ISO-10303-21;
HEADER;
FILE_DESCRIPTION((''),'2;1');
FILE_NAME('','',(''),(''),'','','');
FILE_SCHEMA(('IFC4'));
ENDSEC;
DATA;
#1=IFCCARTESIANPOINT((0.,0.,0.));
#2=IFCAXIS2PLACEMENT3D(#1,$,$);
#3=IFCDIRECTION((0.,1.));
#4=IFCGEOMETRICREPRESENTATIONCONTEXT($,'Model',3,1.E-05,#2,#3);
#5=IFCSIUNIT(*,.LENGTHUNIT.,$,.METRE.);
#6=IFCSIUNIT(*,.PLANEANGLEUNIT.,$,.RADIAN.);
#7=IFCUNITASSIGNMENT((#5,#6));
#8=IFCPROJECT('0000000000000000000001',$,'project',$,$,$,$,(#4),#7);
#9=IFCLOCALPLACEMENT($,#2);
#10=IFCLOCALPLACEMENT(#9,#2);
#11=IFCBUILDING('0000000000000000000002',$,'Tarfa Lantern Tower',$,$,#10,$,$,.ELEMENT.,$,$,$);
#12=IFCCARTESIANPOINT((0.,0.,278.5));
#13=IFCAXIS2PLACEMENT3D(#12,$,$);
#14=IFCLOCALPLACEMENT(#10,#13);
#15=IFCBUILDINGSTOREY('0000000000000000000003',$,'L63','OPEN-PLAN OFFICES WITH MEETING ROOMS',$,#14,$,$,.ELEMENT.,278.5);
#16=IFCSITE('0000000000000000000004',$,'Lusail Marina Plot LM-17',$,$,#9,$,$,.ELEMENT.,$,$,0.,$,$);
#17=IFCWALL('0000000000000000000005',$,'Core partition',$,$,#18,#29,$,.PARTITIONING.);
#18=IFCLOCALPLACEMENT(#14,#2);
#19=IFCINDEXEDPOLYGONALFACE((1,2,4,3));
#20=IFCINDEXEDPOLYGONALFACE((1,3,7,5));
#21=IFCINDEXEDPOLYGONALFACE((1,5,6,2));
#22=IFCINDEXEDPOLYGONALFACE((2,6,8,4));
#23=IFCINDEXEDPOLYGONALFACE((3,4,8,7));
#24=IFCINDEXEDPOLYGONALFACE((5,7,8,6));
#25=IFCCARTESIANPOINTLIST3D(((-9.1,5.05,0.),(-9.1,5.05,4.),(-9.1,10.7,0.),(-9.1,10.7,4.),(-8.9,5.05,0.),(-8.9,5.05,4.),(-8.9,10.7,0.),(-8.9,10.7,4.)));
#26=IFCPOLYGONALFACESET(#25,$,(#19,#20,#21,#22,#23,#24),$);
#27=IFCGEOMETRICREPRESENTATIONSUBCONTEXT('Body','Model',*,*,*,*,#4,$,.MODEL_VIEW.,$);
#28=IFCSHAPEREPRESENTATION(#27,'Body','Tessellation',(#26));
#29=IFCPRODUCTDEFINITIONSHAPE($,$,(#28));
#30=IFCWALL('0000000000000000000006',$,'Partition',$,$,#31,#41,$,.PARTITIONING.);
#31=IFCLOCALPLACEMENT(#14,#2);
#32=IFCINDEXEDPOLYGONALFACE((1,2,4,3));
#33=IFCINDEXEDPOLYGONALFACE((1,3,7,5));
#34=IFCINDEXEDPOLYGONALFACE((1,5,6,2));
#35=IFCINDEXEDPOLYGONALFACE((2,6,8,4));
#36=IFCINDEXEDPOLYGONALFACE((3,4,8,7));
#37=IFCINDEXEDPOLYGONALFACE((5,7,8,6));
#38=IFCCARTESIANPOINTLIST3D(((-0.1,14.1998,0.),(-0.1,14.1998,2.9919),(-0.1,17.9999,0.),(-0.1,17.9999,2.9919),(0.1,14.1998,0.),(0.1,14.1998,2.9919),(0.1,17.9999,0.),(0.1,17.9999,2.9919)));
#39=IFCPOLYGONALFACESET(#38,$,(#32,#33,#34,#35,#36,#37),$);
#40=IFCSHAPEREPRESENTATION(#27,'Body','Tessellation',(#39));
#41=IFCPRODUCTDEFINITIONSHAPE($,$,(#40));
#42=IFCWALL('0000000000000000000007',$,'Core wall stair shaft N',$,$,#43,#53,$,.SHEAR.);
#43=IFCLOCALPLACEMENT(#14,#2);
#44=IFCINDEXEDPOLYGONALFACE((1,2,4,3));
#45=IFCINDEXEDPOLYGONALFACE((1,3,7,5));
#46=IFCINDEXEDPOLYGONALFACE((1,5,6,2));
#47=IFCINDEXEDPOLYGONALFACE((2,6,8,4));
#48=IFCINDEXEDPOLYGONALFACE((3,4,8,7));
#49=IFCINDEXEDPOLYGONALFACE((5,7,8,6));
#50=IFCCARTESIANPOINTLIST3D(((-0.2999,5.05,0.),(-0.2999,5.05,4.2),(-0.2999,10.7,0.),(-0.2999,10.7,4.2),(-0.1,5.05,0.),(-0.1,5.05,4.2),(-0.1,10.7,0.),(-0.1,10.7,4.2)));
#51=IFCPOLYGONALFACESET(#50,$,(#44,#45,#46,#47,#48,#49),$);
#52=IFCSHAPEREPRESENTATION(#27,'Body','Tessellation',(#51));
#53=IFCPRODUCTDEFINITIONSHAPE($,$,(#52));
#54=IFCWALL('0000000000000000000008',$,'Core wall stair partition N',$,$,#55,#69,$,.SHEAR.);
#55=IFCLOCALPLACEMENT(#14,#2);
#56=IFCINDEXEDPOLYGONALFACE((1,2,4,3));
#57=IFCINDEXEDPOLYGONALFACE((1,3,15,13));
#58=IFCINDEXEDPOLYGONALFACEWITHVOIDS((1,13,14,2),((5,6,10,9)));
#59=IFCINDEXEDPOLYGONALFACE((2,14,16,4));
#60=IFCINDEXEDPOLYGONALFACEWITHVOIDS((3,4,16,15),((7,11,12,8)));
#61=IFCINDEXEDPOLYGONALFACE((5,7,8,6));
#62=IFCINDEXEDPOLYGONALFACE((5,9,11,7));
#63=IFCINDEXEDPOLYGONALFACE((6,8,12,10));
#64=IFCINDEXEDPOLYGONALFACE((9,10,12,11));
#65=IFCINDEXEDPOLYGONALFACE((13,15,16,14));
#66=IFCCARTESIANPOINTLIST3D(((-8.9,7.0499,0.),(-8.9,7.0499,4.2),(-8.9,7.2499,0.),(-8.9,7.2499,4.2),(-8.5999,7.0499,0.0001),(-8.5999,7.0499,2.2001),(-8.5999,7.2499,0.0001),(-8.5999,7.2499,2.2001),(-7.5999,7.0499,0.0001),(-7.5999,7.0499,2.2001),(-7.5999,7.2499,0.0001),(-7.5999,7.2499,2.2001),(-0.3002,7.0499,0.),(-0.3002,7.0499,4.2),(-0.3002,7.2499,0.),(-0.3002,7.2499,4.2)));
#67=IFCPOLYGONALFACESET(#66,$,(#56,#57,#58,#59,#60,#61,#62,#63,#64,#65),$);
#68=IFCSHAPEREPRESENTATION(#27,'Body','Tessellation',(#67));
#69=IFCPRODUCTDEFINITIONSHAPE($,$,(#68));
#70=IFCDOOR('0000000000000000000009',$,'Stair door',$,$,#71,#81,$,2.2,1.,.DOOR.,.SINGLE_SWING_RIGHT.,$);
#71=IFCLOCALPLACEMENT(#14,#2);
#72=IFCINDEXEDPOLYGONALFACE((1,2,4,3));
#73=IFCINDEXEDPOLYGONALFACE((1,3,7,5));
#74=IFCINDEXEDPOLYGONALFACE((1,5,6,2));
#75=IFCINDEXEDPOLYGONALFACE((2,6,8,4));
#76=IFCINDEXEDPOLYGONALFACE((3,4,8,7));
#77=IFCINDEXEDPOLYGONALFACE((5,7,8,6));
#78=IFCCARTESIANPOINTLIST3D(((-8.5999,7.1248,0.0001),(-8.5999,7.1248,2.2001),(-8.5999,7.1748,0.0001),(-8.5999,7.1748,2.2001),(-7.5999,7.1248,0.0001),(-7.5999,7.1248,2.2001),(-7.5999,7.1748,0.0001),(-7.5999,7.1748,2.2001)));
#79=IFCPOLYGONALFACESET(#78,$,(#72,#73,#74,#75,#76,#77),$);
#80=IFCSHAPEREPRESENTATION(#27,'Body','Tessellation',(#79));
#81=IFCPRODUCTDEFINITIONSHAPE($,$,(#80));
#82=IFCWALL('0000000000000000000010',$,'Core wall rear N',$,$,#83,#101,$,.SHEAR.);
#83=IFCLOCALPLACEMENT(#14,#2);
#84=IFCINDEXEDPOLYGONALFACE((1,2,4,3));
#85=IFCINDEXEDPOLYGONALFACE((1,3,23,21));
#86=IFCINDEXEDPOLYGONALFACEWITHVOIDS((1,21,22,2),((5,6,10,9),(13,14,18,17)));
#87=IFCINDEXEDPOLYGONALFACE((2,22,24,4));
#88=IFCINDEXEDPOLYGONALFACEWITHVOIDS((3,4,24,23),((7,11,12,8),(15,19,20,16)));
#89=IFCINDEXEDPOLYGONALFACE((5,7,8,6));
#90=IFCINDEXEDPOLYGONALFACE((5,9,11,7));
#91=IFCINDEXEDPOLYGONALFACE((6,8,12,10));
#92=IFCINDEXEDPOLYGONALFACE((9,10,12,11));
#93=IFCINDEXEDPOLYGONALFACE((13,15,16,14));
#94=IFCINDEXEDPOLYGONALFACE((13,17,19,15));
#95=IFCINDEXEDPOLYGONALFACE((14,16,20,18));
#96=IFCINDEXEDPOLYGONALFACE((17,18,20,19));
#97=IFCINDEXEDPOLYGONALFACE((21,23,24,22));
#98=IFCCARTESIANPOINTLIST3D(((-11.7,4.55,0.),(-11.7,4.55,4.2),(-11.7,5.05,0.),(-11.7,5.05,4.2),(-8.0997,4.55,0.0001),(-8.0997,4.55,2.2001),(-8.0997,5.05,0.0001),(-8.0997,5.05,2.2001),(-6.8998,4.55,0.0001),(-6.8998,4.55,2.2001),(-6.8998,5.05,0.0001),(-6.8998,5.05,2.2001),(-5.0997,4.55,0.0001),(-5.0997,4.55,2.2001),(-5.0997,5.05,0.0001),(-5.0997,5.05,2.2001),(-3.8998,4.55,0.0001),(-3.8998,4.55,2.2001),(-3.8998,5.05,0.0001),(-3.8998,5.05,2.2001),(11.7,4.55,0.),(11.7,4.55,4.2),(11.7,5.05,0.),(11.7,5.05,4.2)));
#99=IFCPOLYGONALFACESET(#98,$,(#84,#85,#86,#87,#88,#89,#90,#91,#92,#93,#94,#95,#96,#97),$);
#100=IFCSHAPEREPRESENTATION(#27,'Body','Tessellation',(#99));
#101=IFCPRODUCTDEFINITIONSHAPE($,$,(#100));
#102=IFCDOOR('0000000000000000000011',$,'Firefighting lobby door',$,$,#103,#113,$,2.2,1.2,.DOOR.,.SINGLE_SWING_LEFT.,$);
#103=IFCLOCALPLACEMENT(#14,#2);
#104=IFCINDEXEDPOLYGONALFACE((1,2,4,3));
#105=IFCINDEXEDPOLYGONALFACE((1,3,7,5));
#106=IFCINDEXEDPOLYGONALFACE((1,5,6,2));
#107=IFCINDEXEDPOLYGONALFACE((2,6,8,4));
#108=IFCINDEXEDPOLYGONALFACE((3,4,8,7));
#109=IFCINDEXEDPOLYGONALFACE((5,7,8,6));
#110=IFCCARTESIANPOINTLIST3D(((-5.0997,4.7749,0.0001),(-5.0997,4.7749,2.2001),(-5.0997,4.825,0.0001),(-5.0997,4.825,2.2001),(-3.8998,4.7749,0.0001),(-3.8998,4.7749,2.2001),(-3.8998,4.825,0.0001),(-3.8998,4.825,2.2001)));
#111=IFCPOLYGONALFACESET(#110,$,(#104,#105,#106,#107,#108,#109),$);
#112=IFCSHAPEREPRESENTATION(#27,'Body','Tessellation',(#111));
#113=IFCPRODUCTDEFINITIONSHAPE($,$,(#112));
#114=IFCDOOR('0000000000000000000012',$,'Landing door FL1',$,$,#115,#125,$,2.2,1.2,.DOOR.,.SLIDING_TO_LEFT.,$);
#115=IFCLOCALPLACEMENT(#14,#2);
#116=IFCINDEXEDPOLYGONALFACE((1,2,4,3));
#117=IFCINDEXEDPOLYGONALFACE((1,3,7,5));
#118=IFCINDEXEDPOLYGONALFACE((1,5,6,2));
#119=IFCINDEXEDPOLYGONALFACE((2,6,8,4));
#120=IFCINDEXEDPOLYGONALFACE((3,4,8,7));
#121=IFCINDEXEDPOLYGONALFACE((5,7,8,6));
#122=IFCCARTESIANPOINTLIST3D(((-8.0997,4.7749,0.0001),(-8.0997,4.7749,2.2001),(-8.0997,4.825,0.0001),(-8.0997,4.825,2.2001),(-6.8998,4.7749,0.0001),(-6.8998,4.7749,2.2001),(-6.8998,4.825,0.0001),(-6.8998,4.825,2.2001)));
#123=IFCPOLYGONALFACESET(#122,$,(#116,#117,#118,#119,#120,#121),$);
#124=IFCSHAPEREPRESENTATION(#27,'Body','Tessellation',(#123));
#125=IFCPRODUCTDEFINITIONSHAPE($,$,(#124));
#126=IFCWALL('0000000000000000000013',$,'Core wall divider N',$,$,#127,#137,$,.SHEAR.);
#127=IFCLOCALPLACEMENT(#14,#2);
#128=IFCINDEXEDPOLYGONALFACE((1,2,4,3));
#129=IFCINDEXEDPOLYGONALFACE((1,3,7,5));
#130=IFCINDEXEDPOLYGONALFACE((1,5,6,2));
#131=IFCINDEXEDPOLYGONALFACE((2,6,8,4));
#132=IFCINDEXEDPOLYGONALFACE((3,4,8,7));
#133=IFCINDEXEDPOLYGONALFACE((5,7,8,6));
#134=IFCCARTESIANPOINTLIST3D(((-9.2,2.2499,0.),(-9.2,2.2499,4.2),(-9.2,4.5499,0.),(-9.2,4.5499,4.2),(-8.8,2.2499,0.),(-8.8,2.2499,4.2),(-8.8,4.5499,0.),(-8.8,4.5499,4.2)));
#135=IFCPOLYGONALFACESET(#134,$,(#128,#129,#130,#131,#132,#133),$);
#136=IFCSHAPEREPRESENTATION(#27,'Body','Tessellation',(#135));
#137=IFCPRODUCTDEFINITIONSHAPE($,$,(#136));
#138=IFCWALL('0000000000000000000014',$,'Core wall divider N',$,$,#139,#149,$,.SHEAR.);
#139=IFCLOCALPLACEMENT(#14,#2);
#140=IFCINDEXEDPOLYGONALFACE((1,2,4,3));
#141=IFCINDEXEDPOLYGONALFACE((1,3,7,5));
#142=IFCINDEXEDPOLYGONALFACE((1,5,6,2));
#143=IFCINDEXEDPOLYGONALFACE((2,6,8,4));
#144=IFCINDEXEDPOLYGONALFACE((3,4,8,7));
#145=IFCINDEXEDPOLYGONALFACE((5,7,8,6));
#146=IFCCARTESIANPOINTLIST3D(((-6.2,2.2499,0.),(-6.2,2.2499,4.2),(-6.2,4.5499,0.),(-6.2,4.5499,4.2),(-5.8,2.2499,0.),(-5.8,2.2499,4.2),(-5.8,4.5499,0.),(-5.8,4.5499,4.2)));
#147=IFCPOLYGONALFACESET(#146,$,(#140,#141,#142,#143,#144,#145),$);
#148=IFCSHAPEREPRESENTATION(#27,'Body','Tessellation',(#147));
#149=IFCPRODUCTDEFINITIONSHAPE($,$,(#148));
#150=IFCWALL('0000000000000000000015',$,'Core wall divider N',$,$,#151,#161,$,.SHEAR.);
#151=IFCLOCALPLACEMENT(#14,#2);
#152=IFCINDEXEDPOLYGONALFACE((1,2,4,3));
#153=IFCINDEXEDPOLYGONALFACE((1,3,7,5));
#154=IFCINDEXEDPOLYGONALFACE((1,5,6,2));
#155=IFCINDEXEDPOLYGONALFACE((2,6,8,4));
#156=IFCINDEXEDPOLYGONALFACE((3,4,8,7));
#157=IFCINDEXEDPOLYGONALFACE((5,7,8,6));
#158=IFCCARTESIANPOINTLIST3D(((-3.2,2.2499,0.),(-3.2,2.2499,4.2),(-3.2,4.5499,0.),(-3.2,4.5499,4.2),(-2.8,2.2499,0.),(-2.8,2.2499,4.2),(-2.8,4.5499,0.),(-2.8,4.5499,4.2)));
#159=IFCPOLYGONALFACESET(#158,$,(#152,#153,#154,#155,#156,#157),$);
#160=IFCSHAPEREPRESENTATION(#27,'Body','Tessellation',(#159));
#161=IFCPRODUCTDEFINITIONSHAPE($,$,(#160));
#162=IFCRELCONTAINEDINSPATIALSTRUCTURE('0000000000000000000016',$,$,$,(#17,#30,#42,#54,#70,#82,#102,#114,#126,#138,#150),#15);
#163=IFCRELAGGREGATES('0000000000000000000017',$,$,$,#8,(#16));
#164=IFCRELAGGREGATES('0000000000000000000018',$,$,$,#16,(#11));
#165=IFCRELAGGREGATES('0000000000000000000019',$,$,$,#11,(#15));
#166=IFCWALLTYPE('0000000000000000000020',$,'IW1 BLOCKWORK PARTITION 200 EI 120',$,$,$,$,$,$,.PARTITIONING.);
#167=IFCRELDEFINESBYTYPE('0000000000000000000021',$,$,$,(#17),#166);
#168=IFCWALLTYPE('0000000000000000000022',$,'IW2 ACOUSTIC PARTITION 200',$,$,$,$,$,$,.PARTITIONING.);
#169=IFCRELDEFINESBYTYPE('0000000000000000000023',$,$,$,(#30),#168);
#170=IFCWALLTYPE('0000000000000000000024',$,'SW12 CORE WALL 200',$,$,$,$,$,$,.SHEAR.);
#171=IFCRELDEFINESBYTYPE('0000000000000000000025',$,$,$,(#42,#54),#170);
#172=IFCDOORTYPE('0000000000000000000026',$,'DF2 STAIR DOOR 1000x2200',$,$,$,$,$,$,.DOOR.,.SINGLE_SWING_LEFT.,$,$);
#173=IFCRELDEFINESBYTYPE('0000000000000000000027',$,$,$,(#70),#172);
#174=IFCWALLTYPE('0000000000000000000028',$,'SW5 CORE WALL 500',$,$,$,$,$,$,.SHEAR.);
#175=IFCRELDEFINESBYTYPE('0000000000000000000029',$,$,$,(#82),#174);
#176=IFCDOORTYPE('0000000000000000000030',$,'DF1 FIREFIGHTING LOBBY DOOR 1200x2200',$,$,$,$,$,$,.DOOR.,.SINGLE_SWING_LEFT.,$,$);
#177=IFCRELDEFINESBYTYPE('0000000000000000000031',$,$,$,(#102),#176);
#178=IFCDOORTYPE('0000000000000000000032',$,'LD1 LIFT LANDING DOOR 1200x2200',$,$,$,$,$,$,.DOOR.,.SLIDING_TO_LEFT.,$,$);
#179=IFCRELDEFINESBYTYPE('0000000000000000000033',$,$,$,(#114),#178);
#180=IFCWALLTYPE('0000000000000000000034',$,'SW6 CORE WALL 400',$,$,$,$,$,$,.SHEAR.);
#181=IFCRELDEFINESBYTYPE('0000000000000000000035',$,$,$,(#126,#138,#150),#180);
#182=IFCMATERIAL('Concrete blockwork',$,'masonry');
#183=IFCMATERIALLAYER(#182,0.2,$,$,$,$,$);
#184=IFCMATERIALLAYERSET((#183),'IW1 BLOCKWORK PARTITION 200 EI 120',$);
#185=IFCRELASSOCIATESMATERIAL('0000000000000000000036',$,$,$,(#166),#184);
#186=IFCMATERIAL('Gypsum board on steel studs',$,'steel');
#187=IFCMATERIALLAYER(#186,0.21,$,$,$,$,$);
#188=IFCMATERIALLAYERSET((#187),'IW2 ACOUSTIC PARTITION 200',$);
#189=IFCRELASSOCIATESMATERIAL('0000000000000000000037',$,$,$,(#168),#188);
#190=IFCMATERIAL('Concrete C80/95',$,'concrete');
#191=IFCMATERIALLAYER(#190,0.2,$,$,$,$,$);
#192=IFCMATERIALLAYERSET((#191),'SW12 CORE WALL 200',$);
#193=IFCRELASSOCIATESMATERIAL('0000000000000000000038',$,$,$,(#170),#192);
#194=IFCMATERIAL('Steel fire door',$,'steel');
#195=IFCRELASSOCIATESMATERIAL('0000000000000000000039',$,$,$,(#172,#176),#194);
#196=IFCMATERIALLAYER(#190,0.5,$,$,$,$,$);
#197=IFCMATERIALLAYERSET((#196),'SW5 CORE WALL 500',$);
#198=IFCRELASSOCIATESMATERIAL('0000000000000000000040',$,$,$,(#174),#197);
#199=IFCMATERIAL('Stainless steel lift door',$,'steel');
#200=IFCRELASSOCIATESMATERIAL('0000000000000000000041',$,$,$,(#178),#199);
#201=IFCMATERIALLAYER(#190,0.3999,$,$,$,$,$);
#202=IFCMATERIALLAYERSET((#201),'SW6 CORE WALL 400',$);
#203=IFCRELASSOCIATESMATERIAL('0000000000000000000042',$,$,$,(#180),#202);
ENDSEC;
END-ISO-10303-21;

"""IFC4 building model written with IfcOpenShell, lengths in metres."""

from ifc_helpers import new_model, si_unit, direction, frame, frame_2d, origin, place, context, subcontext, project, spatial, rectangle, extrude, material, layer, layer_set, type_object, element, fill, save


model = new_model("IFC4")

# Units and contexts
model_context = context("Model", 3, precision=1e-05, world=origin(), true_north=direction((0.0, 1.0)))
body_context = subcontext(model_context, "Body", "Model", "MODEL_VIEW")
ifc_project = project(units=[si_unit("LENGTHUNIT", "METRE"), si_unit("PLANEANGLEUNIT", "RADIAN")], contexts=[model_context])

# Site, building, storey
site_placement = place(None, origin())
site = spatial("IfcSite", under=ifc_project, at=site_placement, Name="Lusail Marina Plot LM-17", CompositionType="ELEMENT", RefElevation=0.0)
building_placement = place(site_placement, origin())
building = spatial("IfcBuilding", under=site, at=building_placement, Name="Tarfa Lantern Tower", CompositionType="ELEMENT")
storey_placement = place(building_placement, frame((0.0, 0.0, 278.5)))
storey = spatial("IfcBuildingStorey", under=building, at=storey_placement, Name="L63", Description="OPEN-PLAN OFFICES WITH MEETING ROOMS", CompositionType="ELEMENT", Elevation=278.5)

# Walls
ifc_material_1 = material(Name="Concrete blockwork", Category="masonry")
ifc_layer_1 = layer(ifc_material_1, 0.2)
ifc_layer_set_1 = layer_set([ifc_layer_1], Name="IW1 BLOCKWORK PARTITION 200 EI 120")
wall_type_1 = type_object("IfcWallType", Name="IW1 BLOCKWORK PARTITION 200 EI 120", PredefinedType="PARTITIONING", material=ifc_layer_set_1)
wall_1_placement = place(storey_placement, frame((-9.0, 5.05, 0.0), z_axis=(0.0, 0.0, 1.0), x_axis=(0.0, 1.0, 0.0)))
element("IfcWall", 1, at=wall_1_placement, inside=storey, type_object=wall_type_1, Name="Core partition", PredefinedType="PARTITIONING", context=body_context, shape_type="SweptSolid", body=[
    extrude(rectangle(XDim=5.6499, YDim=0.2, at=frame_2d((2.825, 0.0))), origin(), (0.0, 0.0, 1.0), 4.0),
])
ifc_material_2 = material(Name="Gypsum board on steel studs", Category="steel")
ifc_layer_2 = layer(ifc_material_2, 0.21)
ifc_layer_set_2 = layer_set([ifc_layer_2], Name="IW2 ACOUSTIC PARTITION 200")
wall_type_2 = type_object("IfcWallType", Name="IW2 ACOUSTIC PARTITION 200", PredefinedType="PARTITIONING", material=ifc_layer_set_2)
wall_2_placement = place(storey_placement, frame((0.0, 14.2, 0.0), z_axis=(0.0, 0.0, 1.0), x_axis=(0.0, 1.0, 0.0)))
element("IfcWall", 2, at=wall_2_placement, inside=storey, type_object=wall_type_2, Name="Partition", PredefinedType="PARTITIONING", context=body_context, shape_type="SweptSolid", body=[
    extrude(rectangle(XDim=3.8, YDim=0.2, at=frame_2d((1.8999, 0.0))), origin(), (0.0, 0.0, 1.0), 2.9919),
])
ifc_material_3 = material(Name="Concrete C80/95", Category="concrete")
ifc_layer_3 = layer(ifc_material_3, 0.2)
ifc_layer_set_3 = layer_set([ifc_layer_3], Name="SW12 CORE WALL 200")
wall_type_3 = type_object("IfcWallType", Name="SW12 CORE WALL 200", PredefinedType="SHEAR", material=ifc_layer_set_3)
wall_3_placement = place(storey_placement, frame((-0.2, 5.05, 0.0), z_axis=(0.0, 0.0, 1.0), x_axis=(0.0, 1.0, 0.0)))
element("IfcWall", 3, at=wall_3_placement, inside=storey, type_object=wall_type_3, Name="Core wall stair shaft N", PredefinedType="SHEAR", context=body_context, shape_type="SweptSolid", body=[
    extrude(rectangle(XDim=5.6499, YDim=0.2, at=frame_2d((2.825, 0.0))), origin(), (0.0, 0.0, 1.0), 4.2),
])

# Wall, opening, door
wall_4_placement = place(storey_placement, frame((-8.8999, 7.1499, 0.0), z_axis=(0.0, 0.0, 1.0), x_axis=(1.0, 0.0, 0.0)))
wall_4 = element("IfcWall", 4, at=wall_4_placement, inside=storey, type_object=wall_type_3, Name="Core wall stair partition N", PredefinedType="SHEAR", context=body_context, shape_type="SweptSolid", body=[
    extrude(rectangle(XDim=8.5999, YDim=0.2, at=frame_2d((4.2998, 0.0))), origin(), (0.0, 0.0, 1.0), 4.2),
])
opening_1_placement = place(wall_4_placement, frame((0.3, 0.0, 0.0)))
opening_1 = element("IfcOpeningElement", 5, at=opening_1_placement, cuts=wall_4, PredefinedType="OPENING", context=body_context, shape_type="SweptSolid", body=[
    extrude(rectangle(XDim=1.0, YDim=2.2, at=frame_2d((0.5, 1.1001))), frame((0.0, 0.1099, 0.0), z_axis=(0.0, -1.0, 0.0), x_axis=(1.0, 0.0, 0.0)), (0.0, 0.0, 1.0), 0.22),
])
ifc_material_4 = material(Name="Steel fire door", Category="steel")
door_type_1 = type_object("IfcDoorType", Name="DF2 STAIR DOOR 1000x2200", OperationType="SINGLE_SWING_LEFT", PredefinedType="DOOR", material=ifc_material_4)
door_1_placement = place(opening_1_placement, origin())
door_1 = element("IfcDoor", 6, at=door_1_placement, inside=storey, type_object=door_type_1, Name="Stair door", OperationType="SINGLE_SWING_RIGHT", OverallHeight=2.2, OverallWidth=1.0, PredefinedType="DOOR", context=body_context, shape_type="SweptSolid", body=[
    extrude(rectangle(XDim=1.0, YDim=2.2, at=frame_2d((0.5, 1.1001))), frame((0.0, 0.0249, 0.0), z_axis=(0.0, -1.0, 0.0), x_axis=(1.0, 0.0, 0.0)), (0.0, 0.0, 1.0), 0.05),
])
fill(opening_1, door_1)

# Wall, openings, doors
ifc_layer_4 = layer(ifc_material_3, 0.5)
ifc_layer_set_4 = layer_set([ifc_layer_4], Name="SW5 CORE WALL 500")
wall_type_4 = type_object("IfcWallType", Name="SW5 CORE WALL 500", PredefinedType="SHEAR", material=ifc_layer_set_4)
wall_5_placement = place(storey_placement, frame((-11.7, 4.8, 0.0), z_axis=(0.0, 0.0, 1.0), x_axis=(1.0, 0.0, 0.0)))
wall_5 = element("IfcWall", 7, at=wall_5_placement, inside=storey, type_object=wall_type_4, Name="Core wall rear N", PredefinedType="SHEAR", context=body_context, shape_type="SweptSolid", body=[
    extrude(rectangle(XDim=23.3999, YDim=0.5, at=frame_2d((11.7, 0.0))), origin(), (0.0, 0.0, 1.0), 4.2),
])
opening_2_placement = place(wall_5_placement, frame((6.6001, 0.0, 0.0)))
opening_2 = element("IfcOpeningElement", 8, at=opening_2_placement, cuts=wall_5, PredefinedType="OPENING", context=body_context, shape_type="SweptSolid", body=[
    extrude(rectangle(XDim=1.2, YDim=2.2, at=frame_2d((0.6001, 1.1001))), frame((0.0, 0.26, 0.0), z_axis=(0.0, -1.0, 0.0), x_axis=(1.0, 0.0, 0.0)), (0.0, 0.0, 1.0), 0.52),
])
opening_3_placement = place(wall_5_placement, frame((3.6001, 0.0, 0.0)))
opening_3 = element("IfcOpeningElement", 9, at=opening_3_placement, cuts=wall_5, PredefinedType="OPENING", context=body_context, shape_type="SweptSolid", body=[
    extrude(rectangle(XDim=1.2, YDim=2.2, at=frame_2d((0.6001, 1.1001))), frame((0.0, 0.26, 0.0), z_axis=(0.0, -1.0, 0.0), x_axis=(1.0, 0.0, 0.0)), (0.0, 0.0, 1.0), 0.52),
])
door_type_2 = type_object("IfcDoorType", Name="DF1 FIREFIGHTING LOBBY DOOR 1200x2200", OperationType="SINGLE_SWING_LEFT", PredefinedType="DOOR", material=ifc_material_4)
door_2_placement = place(opening_2_placement, origin())
door_2 = element("IfcDoor", 10, at=door_2_placement, inside=storey, type_object=door_type_2, Name="Firefighting lobby door", OperationType="SINGLE_SWING_LEFT", OverallHeight=2.2, OverallWidth=1.2, PredefinedType="DOOR", context=body_context, shape_type="SweptSolid", body=[
    extrude(rectangle(XDim=1.2, YDim=2.2, at=frame_2d((0.6001, 1.1001))), frame((0.0, 0.0249, 0.0), z_axis=(0.0, -1.0, 0.0), x_axis=(1.0, 0.0, 0.0)), (0.0, 0.0, 1.0), 0.05),
])
fill(opening_2, door_2)
ifc_material_5 = material(Name="Stainless steel lift door", Category="steel")
door_type_3 = type_object("IfcDoorType", Name="LD1 LIFT LANDING DOOR 1200x2200", OperationType="SLIDING_TO_LEFT", PredefinedType="DOOR", material=ifc_material_5)
door_3_placement = place(opening_3_placement, origin())
door_3 = element("IfcDoor", 11, at=door_3_placement, inside=storey, type_object=door_type_3, Name="Landing door FL1", OperationType="SLIDING_TO_LEFT", OverallHeight=2.2, OverallWidth=1.2, PredefinedType="DOOR", context=body_context, shape_type="SweptSolid", body=[
    extrude(rectangle(XDim=1.2, YDim=2.2, at=frame_2d((0.6001, 1.1001))), frame((0.0, 0.0249, 0.0), z_axis=(0.0, -1.0, 0.0), x_axis=(1.0, 0.0, 0.0)), (0.0, 0.0, 1.0), 0.05),
])
fill(opening_3, door_3)

# Walls
ifc_layer_5 = layer(ifc_material_3, 0.3999)
ifc_layer_set_5 = layer_set([ifc_layer_5], Name="SW6 CORE WALL 400")
wall_type_5 = type_object("IfcWallType", Name="SW6 CORE WALL 400", PredefinedType="SHEAR", material=ifc_layer_set_5)
for number, where, z_axis, x_axis, name in (
    (12, (-9.0, 2.25, 0.0), (0.0, 0.0, 1.0), (0.0, 1.0, 0.0), "Core wall divider N"),
    (13, (-6.0, 2.25, 0.0), (0.0, 0.0, 1.0), (0.0, 1.0, 0.0), "Core wall divider N"),
    (14, (-3.0, 2.25, 0.0), (0.0, 0.0, 1.0), (0.0, 1.0, 0.0), "Core wall divider N"),
):
    element("IfcWall", number, at=place(storey_placement, frame(where, z_axis=z_axis, x_axis=x_axis)), inside=storey, type_object=wall_type_5, Name=name, PredefinedType="SHEAR", context=body_context, shape_type="SweptSolid", body=[
        extrude(rectangle(XDim=2.3, YDim=0.3999, at=frame_2d((1.1499, 0.0))), origin(), (0.0, 0.0, 1.0), 4.2),
    ])

save(model, "model.ifc")
